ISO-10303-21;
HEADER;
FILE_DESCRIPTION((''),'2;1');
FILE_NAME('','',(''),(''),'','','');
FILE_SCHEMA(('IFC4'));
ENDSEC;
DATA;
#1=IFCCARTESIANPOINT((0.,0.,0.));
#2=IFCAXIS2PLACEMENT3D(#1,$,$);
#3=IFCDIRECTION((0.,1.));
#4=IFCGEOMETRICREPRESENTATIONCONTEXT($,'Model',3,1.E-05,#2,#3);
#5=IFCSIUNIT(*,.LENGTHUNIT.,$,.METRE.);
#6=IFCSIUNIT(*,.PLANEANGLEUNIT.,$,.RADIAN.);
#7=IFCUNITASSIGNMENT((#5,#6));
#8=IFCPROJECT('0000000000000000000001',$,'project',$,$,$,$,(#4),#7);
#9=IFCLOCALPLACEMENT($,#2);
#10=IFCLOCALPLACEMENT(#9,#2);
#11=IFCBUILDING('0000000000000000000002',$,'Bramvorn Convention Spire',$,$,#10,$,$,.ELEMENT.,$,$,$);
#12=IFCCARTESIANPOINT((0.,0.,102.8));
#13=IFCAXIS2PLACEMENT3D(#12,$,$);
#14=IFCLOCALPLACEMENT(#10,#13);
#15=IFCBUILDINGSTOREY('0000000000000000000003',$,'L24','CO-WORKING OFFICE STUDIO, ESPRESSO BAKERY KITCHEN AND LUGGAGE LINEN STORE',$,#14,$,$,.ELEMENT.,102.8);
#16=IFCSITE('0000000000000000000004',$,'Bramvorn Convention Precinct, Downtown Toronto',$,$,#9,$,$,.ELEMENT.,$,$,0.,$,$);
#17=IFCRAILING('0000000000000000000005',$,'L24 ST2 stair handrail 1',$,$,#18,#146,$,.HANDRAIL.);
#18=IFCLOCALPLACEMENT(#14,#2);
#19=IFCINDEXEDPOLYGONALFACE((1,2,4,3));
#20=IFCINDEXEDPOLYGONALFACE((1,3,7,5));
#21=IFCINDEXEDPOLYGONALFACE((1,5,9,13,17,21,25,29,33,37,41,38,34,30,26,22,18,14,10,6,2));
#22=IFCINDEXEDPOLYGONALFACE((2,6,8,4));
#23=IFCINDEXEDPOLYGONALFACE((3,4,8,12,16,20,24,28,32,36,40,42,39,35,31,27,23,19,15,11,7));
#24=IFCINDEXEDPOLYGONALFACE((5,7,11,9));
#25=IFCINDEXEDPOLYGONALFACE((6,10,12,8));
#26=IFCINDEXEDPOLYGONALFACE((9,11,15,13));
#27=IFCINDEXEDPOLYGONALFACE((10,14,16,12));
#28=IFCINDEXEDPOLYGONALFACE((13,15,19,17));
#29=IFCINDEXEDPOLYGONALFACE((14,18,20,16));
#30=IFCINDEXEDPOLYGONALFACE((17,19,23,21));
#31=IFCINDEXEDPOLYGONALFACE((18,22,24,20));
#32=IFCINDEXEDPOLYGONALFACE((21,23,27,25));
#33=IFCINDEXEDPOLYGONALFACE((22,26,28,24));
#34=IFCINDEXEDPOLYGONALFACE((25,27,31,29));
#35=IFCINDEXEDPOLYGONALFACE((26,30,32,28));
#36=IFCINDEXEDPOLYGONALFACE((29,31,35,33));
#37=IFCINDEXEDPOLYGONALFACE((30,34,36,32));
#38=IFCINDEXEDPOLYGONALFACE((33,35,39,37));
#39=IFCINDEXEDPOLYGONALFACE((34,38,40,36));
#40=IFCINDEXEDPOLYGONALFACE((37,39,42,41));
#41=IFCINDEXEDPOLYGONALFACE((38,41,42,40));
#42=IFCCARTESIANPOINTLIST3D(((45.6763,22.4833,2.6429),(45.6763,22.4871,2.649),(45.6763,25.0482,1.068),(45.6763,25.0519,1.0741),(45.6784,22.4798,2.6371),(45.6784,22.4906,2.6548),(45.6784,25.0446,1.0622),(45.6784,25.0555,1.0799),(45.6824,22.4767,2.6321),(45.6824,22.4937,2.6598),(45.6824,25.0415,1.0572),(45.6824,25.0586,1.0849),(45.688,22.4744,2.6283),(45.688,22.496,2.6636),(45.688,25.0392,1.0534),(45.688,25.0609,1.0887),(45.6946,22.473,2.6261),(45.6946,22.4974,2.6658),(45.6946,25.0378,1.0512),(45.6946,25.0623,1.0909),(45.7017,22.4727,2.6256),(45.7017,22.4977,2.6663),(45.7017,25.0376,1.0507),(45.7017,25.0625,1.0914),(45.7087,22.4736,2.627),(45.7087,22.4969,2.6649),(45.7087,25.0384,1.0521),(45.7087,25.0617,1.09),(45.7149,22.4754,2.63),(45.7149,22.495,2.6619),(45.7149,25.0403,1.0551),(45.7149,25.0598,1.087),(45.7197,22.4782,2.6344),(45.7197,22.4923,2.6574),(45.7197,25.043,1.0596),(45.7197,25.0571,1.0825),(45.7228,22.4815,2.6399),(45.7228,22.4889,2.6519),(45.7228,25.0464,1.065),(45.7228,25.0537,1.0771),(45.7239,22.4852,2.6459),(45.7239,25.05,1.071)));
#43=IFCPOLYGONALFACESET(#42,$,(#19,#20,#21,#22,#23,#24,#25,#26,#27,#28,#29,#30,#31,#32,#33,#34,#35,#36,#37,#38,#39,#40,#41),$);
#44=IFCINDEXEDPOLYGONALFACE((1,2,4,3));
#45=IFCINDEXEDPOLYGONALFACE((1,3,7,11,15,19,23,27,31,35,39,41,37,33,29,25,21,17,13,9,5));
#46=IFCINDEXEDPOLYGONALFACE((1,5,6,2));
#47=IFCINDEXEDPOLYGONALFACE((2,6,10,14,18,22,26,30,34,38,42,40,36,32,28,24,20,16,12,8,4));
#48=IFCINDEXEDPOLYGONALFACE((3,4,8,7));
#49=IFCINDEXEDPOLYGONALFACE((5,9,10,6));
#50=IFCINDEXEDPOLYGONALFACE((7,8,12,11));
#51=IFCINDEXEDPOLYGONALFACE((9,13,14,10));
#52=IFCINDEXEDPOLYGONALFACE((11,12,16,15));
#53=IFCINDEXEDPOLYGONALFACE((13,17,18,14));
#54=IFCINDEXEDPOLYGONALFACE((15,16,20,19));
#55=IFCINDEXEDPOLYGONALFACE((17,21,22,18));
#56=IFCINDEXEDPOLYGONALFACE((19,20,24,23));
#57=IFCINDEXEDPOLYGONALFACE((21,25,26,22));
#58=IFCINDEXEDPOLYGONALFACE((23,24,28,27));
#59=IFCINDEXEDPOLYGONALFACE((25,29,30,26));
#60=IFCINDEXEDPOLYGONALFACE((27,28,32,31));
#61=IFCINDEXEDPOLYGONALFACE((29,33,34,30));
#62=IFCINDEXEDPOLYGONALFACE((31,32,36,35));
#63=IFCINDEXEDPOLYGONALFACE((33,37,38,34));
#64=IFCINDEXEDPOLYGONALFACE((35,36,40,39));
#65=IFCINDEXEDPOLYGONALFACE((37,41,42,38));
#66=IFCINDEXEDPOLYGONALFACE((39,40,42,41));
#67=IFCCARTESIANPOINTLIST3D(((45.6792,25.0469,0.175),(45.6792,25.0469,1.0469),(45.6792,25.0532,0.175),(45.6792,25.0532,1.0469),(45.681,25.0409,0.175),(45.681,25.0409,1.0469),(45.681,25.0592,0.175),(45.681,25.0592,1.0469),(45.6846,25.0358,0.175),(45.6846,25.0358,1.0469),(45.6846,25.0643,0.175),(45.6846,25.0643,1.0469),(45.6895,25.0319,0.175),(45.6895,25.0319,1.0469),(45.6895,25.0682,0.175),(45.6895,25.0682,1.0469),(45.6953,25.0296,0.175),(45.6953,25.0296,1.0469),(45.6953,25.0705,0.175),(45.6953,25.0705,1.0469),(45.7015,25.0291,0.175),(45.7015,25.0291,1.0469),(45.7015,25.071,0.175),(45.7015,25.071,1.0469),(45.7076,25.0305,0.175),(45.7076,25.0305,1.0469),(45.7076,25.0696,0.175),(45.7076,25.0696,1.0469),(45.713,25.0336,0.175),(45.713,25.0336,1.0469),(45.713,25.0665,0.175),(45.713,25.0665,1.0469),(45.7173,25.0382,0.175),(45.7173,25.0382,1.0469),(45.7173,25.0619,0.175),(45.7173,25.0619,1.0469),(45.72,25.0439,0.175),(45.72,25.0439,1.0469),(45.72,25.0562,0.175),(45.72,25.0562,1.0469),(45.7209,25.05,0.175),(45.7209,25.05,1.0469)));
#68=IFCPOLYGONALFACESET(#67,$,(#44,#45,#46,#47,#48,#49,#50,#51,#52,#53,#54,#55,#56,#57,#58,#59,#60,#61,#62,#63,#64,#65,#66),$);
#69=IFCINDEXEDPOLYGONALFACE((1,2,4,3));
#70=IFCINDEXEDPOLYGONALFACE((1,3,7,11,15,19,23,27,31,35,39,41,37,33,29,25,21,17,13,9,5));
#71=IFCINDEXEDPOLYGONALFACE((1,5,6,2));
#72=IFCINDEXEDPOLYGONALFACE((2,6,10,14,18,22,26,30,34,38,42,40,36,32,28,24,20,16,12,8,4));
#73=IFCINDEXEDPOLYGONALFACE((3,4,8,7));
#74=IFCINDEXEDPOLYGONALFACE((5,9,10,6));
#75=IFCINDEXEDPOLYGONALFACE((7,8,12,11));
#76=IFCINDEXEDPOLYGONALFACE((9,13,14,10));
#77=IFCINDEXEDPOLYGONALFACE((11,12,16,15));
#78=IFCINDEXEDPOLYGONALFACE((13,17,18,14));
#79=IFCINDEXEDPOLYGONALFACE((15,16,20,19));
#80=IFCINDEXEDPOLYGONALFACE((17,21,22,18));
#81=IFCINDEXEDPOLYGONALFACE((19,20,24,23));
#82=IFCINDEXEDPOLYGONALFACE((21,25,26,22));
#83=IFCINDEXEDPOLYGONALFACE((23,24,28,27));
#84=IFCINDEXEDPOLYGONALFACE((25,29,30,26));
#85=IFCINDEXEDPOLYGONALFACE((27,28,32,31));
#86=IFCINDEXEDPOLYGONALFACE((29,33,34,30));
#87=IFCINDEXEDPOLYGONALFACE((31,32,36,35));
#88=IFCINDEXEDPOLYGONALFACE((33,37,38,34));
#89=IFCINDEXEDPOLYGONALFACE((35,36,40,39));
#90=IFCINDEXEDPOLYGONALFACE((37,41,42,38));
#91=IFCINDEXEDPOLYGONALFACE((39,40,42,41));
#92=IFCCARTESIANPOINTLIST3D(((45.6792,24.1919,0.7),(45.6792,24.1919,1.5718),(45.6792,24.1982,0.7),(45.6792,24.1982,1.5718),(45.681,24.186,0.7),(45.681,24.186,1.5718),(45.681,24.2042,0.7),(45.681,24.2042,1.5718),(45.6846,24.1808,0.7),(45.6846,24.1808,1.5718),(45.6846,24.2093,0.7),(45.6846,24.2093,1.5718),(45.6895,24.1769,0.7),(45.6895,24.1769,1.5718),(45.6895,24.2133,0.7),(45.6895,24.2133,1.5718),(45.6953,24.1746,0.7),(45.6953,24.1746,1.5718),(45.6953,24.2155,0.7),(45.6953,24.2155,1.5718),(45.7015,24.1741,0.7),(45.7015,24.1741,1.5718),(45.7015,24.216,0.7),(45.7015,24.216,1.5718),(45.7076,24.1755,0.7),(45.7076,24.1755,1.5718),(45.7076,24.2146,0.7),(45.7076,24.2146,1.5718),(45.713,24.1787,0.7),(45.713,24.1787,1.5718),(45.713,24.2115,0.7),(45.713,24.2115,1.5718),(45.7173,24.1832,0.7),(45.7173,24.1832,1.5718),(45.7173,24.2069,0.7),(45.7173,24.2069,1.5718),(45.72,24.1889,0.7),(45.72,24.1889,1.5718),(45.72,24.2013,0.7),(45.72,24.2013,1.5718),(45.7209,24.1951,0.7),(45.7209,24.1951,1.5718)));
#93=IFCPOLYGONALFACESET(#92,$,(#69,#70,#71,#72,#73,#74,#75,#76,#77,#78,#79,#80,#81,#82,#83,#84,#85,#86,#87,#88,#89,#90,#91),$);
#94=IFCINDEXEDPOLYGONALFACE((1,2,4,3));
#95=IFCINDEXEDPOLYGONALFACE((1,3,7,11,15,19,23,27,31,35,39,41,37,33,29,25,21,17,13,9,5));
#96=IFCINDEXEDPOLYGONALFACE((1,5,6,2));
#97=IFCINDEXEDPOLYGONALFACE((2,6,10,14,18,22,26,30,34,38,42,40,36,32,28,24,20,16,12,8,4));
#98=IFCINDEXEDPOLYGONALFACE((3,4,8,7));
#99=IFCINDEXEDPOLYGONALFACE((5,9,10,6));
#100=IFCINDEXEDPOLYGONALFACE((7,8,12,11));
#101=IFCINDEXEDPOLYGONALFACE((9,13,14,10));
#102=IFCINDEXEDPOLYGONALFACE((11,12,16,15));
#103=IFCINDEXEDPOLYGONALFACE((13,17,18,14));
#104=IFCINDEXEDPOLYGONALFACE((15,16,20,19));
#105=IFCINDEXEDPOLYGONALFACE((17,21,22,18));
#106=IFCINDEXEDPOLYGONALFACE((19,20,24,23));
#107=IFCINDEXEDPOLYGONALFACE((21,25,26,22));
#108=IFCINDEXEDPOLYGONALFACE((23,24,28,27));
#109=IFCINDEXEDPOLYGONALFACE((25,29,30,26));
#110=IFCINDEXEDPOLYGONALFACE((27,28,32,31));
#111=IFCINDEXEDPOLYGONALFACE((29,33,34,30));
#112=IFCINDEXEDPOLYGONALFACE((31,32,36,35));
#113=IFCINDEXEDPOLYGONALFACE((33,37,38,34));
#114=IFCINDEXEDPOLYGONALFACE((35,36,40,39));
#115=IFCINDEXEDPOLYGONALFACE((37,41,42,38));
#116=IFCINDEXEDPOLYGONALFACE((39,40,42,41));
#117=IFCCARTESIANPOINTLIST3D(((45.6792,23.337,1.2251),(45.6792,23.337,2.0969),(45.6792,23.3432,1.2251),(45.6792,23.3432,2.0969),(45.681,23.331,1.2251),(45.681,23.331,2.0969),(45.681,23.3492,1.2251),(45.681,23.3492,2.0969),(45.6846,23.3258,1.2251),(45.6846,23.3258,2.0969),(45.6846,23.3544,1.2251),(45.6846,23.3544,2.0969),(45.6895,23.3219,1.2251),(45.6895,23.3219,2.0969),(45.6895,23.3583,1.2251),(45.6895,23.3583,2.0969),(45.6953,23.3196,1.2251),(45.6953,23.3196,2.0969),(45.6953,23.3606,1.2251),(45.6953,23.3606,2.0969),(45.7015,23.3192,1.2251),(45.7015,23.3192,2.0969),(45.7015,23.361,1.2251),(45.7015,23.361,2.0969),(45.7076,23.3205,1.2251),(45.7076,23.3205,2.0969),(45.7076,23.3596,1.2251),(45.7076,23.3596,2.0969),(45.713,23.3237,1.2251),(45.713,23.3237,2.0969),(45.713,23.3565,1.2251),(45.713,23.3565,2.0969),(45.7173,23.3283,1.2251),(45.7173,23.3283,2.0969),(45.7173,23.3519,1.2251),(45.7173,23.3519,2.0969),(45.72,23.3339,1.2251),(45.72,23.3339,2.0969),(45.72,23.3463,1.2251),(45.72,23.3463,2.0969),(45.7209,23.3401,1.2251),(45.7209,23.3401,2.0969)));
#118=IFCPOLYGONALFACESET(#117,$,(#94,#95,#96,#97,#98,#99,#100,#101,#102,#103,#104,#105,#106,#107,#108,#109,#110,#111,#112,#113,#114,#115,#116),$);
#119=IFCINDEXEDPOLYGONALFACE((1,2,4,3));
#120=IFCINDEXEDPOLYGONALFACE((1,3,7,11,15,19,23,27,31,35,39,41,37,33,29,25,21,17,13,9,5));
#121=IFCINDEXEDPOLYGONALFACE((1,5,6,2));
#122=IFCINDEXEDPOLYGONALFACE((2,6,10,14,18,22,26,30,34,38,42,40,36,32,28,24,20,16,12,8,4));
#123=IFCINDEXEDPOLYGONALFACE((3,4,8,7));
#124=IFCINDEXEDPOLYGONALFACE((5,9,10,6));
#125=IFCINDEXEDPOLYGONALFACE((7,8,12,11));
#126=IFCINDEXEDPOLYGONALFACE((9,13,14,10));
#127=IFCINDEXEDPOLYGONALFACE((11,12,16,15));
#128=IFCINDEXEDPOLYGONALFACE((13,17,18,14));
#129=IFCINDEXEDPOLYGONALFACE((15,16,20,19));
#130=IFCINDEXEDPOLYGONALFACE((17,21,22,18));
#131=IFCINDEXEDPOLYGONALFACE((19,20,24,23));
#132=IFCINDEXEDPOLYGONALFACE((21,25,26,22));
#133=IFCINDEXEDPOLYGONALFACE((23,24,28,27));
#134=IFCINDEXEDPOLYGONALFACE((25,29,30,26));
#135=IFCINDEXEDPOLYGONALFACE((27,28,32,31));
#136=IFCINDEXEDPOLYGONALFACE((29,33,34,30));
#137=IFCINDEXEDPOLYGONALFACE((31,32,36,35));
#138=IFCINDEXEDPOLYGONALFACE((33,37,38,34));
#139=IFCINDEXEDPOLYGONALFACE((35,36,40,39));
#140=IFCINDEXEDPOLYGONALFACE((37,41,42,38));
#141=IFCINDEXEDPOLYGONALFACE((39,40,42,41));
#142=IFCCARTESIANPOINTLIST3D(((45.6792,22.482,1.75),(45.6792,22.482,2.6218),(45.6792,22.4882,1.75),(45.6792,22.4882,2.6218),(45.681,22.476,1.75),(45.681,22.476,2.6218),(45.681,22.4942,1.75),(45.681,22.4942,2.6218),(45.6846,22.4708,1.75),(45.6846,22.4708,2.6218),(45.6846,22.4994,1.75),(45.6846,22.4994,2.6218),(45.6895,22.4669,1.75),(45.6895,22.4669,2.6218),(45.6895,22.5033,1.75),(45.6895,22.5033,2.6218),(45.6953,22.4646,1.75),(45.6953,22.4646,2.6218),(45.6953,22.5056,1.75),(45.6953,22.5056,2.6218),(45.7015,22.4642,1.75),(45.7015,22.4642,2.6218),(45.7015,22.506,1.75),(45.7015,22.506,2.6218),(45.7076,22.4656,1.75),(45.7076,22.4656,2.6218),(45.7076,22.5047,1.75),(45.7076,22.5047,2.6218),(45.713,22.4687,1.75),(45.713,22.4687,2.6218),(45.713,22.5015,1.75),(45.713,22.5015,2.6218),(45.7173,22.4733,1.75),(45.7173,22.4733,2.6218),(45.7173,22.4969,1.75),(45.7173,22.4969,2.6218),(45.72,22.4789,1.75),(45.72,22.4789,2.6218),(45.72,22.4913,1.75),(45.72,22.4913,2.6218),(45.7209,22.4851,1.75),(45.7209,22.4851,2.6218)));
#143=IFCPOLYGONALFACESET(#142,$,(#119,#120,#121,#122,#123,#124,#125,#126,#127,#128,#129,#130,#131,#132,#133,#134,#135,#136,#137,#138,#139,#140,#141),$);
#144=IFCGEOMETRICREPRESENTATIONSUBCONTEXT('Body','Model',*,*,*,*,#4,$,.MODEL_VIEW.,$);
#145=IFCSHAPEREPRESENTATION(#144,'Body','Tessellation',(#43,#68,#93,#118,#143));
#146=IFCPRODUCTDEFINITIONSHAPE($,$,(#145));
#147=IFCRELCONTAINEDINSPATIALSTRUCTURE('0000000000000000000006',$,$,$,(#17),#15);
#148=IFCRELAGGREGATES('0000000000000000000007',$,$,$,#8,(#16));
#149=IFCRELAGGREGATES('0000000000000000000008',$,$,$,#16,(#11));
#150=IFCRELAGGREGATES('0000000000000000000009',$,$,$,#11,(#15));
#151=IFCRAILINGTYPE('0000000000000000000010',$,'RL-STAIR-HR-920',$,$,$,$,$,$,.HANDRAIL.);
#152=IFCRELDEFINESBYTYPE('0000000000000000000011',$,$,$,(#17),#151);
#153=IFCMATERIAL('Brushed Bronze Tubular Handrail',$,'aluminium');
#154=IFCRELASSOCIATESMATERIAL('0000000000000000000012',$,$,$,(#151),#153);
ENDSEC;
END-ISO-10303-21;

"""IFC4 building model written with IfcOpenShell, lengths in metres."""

from ifc_helpers import new_model, si_unit, direction, frame, origin, origin_2d, place, context, subcontext, project, spatial, circle, extrude, material, type_object, element, save


model = new_model("IFC4")

# Units and contexts
model_context = context("Model", 3, precision=1e-05, world=origin(), true_north=direction((0.0, 1.0)))
body_context = subcontext(model_context, "Body", "Model", "MODEL_VIEW")
ifc_project = project(units=[si_unit("LENGTHUNIT", "METRE"), si_unit("PLANEANGLEUNIT", "RADIAN")], contexts=[model_context])

# Site, building, storey
site_placement = place(None, origin())
site = spatial("IfcSite", under=ifc_project, at=site_placement, Name="Bramvorn Convention Precinct, Downtown Toronto", CompositionType="ELEMENT", RefElevation=0.0)
building_placement = place(site_placement, origin())
building = spatial("IfcBuilding", under=site, at=building_placement, Name="Bramvorn Convention Spire", CompositionType="ELEMENT")
storey_placement = place(building_placement, frame((0.0, 0.0, 102.8)))
storey = spatial("IfcBuildingStorey", under=building, at=storey_placement, Name="L24", Description="CO-WORKING OFFICE STUDIO, ESPRESSO BAKERY KITCHEN AND LUGGAGE LINEN STORE", CompositionType="ELEMENT", Elevation=102.8)

# Railing
ifc_material_1 = material(Name="Brushed Bronze Tubular Handrail", Category="aluminium")
railing_type_1 = type_object("IfcRailingType", Name="RL-STAIR-HR-920", PredefinedType="HANDRAIL", material=ifc_material_1)
railing_1_placement = place(storey_placement, frame((45.7, 25.05, 0.175)))
element("IfcRailing", 1, at=railing_1_placement, inside=storey, type_object=railing_type_1, Name="L24 ST2 stair handrail 1", PredefinedType="HANDRAIL", context=body_context, shape_type="SweptSolid", body=[
    extrude(circle(Radius=0.0239, at=origin_2d()), frame((0.0, 0.0, 0.896), z_axis=(0.0, -0.852173, 0.52326), x_axis=(1.0, 0.0, 0.0)), (0.0, 0.0, 1.0), 3.0098),
    extrude(circle(Radius=0.021, at=origin_2d()), origin(), (0.0, 0.0, 1.0), 0.8718),
    extrude(circle(Radius=0.021, at=origin_2d()), frame((0.0, -0.855, 0.5249)), (0.0, 0.0, 1.0), 0.8718),
    extrude(circle(Radius=0.021, at=origin_2d()), frame((0.0, -1.71, 1.05)), (0.0, 0.0, 1.0), 0.8718),
    extrude(circle(Radius=0.021, at=origin_2d()), frame((0.0, -2.5649, 1.575)), (0.0, 0.0, 1.0), 0.8718),
])

save(model, "model.ifc")
